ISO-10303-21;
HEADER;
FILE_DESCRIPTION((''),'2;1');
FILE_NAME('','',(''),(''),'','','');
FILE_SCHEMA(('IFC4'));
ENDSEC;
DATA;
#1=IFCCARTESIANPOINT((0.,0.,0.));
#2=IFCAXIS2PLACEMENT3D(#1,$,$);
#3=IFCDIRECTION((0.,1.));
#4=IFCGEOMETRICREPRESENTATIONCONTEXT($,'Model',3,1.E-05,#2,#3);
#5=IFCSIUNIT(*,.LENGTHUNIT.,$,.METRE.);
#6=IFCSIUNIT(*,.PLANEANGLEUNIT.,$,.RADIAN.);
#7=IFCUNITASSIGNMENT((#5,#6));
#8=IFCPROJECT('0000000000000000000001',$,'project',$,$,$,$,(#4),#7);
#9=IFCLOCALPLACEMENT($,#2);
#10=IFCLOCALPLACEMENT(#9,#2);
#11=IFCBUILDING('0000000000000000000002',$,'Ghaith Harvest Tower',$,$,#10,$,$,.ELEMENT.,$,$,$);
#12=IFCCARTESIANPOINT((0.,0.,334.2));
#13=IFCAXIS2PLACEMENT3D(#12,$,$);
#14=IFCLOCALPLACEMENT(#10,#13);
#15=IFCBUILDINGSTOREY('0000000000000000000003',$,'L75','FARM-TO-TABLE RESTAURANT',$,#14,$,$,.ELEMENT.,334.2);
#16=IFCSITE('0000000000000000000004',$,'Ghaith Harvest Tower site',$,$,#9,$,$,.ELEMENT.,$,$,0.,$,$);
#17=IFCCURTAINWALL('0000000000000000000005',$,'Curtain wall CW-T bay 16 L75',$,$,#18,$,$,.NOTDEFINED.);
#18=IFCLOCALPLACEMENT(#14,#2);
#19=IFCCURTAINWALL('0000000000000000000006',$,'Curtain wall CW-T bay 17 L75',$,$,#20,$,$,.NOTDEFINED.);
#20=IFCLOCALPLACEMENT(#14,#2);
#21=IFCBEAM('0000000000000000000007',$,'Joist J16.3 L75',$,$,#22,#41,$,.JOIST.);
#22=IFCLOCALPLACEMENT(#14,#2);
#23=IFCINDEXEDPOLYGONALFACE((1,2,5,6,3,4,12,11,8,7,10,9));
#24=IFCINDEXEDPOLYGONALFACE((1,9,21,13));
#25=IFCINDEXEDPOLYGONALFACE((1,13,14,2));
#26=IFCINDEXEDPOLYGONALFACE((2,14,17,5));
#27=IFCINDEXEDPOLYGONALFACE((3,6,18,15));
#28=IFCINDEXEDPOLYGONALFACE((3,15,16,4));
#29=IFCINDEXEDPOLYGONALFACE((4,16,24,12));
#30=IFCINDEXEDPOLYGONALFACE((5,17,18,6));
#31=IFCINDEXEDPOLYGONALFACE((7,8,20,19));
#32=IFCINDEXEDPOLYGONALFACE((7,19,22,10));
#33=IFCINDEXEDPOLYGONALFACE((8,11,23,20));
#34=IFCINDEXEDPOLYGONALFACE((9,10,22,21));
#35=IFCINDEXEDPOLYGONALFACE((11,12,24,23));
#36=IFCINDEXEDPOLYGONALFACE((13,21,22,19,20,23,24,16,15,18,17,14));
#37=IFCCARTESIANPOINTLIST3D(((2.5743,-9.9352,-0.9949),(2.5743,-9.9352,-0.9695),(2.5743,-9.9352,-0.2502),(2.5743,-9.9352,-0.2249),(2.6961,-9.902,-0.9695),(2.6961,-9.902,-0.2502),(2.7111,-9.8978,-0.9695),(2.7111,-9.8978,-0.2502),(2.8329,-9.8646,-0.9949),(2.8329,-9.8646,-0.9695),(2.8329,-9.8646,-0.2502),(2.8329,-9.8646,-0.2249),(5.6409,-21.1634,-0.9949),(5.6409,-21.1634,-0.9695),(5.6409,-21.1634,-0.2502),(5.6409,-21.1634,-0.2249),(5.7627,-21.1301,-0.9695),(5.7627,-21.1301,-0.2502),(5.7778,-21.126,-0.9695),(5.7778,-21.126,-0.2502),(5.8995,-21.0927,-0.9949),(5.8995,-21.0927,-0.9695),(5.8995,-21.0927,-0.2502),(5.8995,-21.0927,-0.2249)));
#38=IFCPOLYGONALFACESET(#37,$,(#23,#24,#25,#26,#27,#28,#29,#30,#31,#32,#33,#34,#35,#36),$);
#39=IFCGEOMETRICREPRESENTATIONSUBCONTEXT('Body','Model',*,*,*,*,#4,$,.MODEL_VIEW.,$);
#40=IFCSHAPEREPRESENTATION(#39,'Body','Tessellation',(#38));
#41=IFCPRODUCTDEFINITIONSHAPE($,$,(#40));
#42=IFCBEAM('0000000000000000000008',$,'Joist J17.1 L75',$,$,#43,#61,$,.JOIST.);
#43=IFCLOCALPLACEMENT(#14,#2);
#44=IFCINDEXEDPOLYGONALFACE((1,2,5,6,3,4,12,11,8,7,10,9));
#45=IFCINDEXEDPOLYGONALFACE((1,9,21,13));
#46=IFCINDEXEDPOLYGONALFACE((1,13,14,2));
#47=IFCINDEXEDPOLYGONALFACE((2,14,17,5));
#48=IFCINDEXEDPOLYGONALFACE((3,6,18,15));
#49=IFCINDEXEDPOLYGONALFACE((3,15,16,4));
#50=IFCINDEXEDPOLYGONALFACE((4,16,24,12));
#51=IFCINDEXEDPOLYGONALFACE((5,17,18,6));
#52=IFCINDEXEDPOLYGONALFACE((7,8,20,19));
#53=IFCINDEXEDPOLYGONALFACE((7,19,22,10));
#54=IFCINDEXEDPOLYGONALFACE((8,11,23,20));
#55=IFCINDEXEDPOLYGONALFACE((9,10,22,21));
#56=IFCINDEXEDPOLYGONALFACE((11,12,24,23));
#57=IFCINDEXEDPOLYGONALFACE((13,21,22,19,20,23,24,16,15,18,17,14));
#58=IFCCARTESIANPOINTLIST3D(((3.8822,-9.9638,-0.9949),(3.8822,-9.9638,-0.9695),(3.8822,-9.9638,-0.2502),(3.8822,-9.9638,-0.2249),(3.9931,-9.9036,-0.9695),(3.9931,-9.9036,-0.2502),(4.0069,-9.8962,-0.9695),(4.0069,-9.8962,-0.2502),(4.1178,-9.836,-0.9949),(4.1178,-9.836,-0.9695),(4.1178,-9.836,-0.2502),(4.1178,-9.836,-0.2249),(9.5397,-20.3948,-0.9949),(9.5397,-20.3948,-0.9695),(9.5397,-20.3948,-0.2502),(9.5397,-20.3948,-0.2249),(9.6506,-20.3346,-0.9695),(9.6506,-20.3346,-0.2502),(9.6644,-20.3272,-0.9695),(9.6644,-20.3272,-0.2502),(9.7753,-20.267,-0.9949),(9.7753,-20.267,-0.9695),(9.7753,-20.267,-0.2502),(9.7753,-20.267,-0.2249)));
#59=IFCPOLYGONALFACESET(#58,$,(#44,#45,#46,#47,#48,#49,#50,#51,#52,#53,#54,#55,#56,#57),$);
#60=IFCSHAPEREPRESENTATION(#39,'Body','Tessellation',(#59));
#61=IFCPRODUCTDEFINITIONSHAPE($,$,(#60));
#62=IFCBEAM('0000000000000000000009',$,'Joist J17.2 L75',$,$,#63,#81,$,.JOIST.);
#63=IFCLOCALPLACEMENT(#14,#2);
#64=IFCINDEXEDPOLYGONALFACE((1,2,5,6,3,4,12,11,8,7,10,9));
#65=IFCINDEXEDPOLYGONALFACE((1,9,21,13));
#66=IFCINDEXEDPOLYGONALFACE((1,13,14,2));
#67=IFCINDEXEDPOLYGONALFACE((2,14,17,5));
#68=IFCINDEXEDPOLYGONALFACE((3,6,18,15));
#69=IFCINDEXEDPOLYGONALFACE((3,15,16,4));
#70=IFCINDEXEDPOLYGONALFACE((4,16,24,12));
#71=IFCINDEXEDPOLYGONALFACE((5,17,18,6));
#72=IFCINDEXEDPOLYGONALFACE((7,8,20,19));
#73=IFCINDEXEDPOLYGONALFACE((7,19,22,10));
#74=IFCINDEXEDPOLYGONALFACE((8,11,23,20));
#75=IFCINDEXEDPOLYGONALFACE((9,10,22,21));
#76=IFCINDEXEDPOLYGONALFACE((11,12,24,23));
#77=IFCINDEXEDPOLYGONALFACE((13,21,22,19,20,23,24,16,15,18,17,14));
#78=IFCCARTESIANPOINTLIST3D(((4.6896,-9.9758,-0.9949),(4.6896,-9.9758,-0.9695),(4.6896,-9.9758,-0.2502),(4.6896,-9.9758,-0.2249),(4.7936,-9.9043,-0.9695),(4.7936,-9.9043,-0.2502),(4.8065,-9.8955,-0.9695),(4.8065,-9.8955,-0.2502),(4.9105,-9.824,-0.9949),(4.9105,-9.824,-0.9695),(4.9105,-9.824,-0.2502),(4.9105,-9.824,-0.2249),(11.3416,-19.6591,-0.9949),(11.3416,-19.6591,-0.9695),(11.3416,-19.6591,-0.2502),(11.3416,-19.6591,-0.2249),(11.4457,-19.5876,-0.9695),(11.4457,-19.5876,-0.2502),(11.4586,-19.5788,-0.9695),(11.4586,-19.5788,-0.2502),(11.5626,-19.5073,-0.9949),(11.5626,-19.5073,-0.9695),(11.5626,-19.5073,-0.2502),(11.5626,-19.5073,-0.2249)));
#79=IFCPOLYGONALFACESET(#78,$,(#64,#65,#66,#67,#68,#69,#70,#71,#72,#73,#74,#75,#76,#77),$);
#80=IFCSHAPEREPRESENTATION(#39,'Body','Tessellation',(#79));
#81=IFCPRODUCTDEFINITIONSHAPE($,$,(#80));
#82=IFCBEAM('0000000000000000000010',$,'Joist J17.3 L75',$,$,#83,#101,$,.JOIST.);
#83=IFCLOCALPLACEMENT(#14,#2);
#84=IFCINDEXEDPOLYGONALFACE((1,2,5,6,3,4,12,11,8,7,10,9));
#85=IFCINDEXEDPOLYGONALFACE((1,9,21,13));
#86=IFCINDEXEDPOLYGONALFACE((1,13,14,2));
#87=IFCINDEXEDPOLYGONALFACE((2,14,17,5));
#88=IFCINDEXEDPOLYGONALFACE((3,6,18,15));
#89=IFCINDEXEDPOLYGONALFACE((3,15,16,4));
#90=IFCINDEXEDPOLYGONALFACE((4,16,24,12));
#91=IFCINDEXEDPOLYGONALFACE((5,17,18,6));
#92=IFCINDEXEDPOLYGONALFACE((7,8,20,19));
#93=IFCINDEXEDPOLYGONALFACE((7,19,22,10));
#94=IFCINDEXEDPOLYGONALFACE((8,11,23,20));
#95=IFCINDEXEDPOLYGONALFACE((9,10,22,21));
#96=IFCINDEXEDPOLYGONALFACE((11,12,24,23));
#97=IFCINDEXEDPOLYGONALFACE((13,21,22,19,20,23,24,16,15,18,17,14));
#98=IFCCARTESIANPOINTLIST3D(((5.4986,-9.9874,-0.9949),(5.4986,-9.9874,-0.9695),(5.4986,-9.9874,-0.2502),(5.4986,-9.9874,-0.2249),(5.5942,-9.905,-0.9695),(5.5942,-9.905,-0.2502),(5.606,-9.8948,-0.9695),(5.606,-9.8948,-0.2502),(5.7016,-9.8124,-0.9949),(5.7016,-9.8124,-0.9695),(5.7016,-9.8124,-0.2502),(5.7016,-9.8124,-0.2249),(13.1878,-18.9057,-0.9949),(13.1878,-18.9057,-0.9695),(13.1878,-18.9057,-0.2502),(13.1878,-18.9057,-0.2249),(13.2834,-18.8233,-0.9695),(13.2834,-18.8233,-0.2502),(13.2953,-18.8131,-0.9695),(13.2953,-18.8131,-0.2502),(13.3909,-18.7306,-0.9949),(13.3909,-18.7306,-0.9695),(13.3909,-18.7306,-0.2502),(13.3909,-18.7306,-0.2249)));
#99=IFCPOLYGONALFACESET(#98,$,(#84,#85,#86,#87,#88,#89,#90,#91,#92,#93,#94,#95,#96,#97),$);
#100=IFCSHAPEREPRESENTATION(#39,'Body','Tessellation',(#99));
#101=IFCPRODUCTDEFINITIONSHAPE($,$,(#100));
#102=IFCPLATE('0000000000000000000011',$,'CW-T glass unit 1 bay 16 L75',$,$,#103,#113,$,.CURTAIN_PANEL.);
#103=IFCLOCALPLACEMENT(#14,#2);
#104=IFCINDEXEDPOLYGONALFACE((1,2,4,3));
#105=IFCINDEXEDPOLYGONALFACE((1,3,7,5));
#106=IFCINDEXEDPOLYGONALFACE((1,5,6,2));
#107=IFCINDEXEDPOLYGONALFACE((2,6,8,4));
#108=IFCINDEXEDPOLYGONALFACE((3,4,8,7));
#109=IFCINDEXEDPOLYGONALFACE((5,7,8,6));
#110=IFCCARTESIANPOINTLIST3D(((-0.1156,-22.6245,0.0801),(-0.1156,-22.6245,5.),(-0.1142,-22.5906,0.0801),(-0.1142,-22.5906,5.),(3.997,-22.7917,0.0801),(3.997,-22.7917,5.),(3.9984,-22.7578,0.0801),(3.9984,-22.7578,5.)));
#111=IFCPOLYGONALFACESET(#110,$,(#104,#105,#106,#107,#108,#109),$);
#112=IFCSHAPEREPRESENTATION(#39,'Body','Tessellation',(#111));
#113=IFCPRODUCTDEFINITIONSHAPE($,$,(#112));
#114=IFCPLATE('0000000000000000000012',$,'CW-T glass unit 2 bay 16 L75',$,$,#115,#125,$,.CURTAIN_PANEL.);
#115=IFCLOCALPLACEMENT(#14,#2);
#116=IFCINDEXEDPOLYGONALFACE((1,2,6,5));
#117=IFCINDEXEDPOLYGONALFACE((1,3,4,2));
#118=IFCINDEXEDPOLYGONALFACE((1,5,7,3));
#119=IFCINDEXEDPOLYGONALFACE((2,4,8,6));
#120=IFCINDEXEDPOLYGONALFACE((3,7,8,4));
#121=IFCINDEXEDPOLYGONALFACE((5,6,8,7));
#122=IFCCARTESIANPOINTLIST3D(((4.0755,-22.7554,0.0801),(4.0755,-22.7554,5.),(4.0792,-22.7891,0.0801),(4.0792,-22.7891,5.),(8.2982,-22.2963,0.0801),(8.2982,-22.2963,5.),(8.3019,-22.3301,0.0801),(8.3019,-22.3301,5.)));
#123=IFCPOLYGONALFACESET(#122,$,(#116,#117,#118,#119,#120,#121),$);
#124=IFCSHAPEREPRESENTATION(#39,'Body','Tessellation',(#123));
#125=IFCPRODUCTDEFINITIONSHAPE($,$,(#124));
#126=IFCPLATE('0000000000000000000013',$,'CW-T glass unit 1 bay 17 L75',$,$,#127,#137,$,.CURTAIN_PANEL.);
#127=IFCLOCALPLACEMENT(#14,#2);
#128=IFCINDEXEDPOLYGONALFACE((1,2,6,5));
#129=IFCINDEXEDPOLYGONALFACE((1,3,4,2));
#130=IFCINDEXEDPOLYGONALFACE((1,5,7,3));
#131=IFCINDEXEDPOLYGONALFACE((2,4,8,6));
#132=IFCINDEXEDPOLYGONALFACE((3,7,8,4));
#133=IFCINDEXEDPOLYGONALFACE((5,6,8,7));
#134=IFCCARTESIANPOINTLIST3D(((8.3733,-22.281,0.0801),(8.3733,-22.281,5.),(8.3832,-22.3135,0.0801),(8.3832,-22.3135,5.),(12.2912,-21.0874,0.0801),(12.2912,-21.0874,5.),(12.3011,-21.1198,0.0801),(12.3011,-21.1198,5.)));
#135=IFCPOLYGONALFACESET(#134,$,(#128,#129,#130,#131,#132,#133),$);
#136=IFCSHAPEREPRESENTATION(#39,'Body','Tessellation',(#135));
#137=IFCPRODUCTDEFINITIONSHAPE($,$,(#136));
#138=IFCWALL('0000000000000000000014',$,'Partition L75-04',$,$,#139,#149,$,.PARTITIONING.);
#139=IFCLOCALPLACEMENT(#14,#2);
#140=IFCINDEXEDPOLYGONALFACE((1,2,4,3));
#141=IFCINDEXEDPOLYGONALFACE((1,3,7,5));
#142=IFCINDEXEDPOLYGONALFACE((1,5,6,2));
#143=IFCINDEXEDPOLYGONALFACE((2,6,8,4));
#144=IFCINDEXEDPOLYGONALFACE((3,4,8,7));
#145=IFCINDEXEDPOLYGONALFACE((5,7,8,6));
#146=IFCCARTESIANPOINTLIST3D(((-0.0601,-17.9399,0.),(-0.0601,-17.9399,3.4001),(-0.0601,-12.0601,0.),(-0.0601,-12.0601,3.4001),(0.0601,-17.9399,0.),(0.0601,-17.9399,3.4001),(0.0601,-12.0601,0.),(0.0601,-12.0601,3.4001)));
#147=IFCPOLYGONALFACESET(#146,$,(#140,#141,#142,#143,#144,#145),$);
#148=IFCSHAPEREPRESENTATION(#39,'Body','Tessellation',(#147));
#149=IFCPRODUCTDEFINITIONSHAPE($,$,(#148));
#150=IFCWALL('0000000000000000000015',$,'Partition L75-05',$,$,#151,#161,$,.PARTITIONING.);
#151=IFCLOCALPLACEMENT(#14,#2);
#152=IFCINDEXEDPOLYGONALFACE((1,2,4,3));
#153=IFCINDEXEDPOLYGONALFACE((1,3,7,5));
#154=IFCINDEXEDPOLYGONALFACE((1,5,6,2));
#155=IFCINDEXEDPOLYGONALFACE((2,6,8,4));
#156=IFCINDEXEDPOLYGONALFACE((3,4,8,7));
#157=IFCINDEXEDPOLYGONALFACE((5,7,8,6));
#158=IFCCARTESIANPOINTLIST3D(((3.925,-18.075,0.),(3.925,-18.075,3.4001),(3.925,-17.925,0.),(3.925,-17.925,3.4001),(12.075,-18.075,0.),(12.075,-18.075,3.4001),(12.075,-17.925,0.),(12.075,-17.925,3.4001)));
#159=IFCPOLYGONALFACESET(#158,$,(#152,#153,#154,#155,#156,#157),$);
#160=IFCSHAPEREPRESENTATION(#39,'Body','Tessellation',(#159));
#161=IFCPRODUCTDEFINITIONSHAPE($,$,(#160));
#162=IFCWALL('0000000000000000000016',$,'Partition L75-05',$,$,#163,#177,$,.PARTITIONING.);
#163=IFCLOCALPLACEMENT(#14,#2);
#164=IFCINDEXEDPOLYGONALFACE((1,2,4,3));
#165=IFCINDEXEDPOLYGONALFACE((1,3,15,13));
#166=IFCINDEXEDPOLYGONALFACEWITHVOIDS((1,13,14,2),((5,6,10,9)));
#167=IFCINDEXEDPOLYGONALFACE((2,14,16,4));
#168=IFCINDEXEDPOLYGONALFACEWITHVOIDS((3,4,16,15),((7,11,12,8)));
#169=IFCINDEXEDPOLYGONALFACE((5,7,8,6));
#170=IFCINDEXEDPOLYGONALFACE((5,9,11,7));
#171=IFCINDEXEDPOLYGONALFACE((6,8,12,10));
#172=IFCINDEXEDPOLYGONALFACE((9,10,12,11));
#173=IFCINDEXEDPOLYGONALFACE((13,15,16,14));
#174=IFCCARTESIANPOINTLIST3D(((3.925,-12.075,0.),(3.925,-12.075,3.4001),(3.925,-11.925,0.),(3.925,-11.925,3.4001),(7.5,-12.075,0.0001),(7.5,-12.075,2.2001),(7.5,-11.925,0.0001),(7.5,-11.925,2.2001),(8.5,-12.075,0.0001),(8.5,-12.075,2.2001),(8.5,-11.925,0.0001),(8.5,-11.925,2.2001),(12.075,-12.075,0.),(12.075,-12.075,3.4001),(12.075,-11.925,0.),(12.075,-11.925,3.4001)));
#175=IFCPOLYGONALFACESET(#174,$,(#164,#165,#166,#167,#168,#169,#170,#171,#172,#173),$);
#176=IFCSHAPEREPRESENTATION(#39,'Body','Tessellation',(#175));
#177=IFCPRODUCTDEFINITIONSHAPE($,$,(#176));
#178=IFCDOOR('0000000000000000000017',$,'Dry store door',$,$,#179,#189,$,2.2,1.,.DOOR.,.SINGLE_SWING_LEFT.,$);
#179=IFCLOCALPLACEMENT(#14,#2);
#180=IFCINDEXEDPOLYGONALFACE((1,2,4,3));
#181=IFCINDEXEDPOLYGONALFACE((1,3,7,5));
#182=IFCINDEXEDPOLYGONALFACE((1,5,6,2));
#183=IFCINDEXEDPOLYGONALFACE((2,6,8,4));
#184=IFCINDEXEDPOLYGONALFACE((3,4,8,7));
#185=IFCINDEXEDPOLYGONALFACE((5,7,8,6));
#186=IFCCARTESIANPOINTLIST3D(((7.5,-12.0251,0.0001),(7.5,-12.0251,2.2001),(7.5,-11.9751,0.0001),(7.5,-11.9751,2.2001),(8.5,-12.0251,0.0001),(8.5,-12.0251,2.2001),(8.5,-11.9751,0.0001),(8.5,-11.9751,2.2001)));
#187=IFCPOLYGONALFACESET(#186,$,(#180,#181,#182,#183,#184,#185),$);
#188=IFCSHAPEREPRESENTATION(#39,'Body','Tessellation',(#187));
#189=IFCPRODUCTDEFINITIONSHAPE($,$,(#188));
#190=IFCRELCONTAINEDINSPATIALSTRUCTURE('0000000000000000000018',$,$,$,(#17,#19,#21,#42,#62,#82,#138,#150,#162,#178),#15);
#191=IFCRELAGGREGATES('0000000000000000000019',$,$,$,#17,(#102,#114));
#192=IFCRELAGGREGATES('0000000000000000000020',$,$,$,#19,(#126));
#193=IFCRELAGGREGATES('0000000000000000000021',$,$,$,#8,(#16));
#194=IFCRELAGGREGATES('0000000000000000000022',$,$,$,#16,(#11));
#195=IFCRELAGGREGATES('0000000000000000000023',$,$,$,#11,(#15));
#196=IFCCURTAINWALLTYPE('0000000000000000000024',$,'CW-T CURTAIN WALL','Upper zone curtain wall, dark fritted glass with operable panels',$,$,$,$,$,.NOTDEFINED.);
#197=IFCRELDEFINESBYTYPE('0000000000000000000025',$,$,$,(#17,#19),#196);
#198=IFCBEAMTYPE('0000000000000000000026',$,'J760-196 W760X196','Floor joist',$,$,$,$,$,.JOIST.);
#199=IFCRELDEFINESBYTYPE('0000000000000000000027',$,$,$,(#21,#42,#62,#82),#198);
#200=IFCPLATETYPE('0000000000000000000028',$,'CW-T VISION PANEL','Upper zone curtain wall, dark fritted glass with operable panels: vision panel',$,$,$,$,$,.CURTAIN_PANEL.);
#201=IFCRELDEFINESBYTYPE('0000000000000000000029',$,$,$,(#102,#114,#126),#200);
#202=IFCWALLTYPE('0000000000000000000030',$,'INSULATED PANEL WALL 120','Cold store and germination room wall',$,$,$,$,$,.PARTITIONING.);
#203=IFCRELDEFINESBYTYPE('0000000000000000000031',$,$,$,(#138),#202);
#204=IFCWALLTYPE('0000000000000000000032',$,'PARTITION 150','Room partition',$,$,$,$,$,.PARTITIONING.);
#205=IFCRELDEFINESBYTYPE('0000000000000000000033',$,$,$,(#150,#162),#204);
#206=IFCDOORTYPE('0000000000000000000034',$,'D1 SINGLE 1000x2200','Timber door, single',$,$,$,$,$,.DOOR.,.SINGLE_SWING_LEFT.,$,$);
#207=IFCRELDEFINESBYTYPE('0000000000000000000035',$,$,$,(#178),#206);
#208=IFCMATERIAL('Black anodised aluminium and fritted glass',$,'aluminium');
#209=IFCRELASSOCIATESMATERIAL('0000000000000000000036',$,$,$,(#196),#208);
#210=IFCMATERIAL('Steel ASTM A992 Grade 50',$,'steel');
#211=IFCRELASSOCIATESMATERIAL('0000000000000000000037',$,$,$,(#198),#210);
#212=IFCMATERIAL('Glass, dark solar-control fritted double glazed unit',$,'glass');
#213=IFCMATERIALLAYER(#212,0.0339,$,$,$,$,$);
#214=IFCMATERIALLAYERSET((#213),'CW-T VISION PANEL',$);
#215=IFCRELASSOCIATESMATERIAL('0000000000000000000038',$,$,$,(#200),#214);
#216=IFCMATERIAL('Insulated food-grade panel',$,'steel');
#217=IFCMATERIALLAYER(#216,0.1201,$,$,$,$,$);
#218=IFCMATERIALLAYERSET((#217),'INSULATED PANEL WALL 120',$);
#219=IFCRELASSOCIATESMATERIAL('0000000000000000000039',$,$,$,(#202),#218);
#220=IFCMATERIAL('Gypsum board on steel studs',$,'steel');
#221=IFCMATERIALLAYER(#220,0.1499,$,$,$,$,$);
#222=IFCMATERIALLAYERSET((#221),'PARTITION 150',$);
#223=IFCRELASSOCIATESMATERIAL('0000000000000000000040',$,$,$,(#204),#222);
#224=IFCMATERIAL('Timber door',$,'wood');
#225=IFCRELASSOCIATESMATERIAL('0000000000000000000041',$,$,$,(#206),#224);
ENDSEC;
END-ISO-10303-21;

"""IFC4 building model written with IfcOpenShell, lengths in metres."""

from ifc_helpers import new_model, si_unit, direction, frame, frame_2d, origin, origin_2d, place, context, subcontext, project, spatial, rectangle, i_section, extrude, material, layer, layer_set, material_profile, profile_set, type_object, element, fill, aggregate, save


model = new_model("IFC4")

# Units and contexts
model_context = context("Model", 3, precision=1e-05, world=origin(), true_north=direction((0.0, 1.0)))
body_context = subcontext(model_context, "Body", "Model", "MODEL_VIEW")
ifc_project = project(units=[si_unit("LENGTHUNIT", "METRE"), si_unit("PLANEANGLEUNIT", "RADIAN")], contexts=[model_context])

# Site, building, storey
site_placement = place(None, origin())
site = spatial("IfcSite", under=ifc_project, at=site_placement, Name="Ghaith Harvest Tower site", CompositionType="ELEMENT", RefElevation=0.0)
building_placement = place(site_placement, origin())
building = spatial("IfcBuilding", under=site, at=building_placement, Name="Ghaith Harvest Tower", CompositionType="ELEMENT")
storey_placement = place(building_placement, frame((0.0, 0.0, 334.2)))
storey = spatial("IfcBuildingStorey", under=building, at=storey_placement, Name="L75", Description="FARM-TO-TABLE RESTAURANT", CompositionType="ELEMENT", Elevation=334.2)

# Curtain walls
ifc_material_1 = material(Name="Black anodised aluminium and fritted glass", Category="aluminium")
curtain_wall_type = type_object("IfcCurtainWallType", Name="CW-T CURTAIN WALL", Description="Upper zone curtain wall, dark fritted glass with operable panels", PredefinedType="NOTDEFINED", material=ifc_material_1)
curtain_wall_1_placement = place(storey_placement, origin())
curtain_wall_1 = element("IfcCurtainWall", 1, at=curtain_wall_1_placement, inside=storey, type_object=curtain_wall_type, Name="Curtain wall CW-T bay 16 L75", PredefinedType="NOTDEFINED")
curtain_wall_2_placement = place(storey_placement, origin())
curtain_wall_2 = element("IfcCurtainWall", 2, at=curtain_wall_2_placement, inside=storey, type_object=curtain_wall_type, Name="Curtain wall CW-T bay 17 L75", PredefinedType="NOTDEFINED")

# Beams
ifc_material_2 = material(Name="Steel ASTM A992 Grade 50", Category="steel")
ifc_material_profile_1 = material_profile(ifc_material_2, i_section(OverallWidth=0.2681, OverallDepth=0.77, WebThickness=0.0156, FlangeThickness=0.0254, at=origin_2d()), Name="W760X196")
ifc_profile_set_1 = profile_set([ifc_material_profile_1], Name="Steel ASTM A992 Grade 50")
beam_type_1 = type_object("IfcBeamType", Name="J760-196 W760X196", Description="Floor joist", PredefinedType="JOIST", material=ifc_profile_set_1)
beam_1_placement = place(storey_placement, frame((2.7036, -9.8999, -0.6099), z_axis=(0.263469, -0.964668, 0.0), x_axis=(0.964668, 0.263469, 0.0)))
element("IfcBeam", 3, at=beam_1_placement, inside=storey, type_object=beam_type_1, Name="Joist J16.3 L75", PredefinedType="JOIST", context=body_context, shape_type="SweptSolid", body=[
    extrude(i_section(OverallWidth=0.2681, OverallDepth=0.77, WebThickness=0.0156, FlangeThickness=0.0254, at=origin_2d()), origin(), (0.0, 0.0, 1.0), 11.6394),
])
beam_2_placement = place(storey_placement, frame((4.0, -9.8999, -0.6099), z_axis=(0.476765, -0.879031, 0.0), x_axis=(0.879031, 0.476765, 0.0)))
element("IfcBeam", 4, at=beam_2_placement, inside=storey, type_object=beam_type_1, Name="Joist J17.1 L75", PredefinedType="JOIST", context=body_context, shape_type="SweptSolid", body=[
    extrude(i_section(OverallWidth=0.2681, OverallDepth=0.77, WebThickness=0.0156, FlangeThickness=0.0254, at=origin_2d()), origin(), (0.0, 0.0, 1.0), 11.8665),
])
beam_3_placement = place(storey_placement, frame((4.8, -9.8999, -0.6099), z_axis=(0.566228, -0.824249, 0.0), x_axis=(0.824249, 0.566228, 0.0)))
element("IfcBeam", 5, at=beam_3_placement, inside=storey, type_object=beam_type_1, Name="Joist J17.2 L75", PredefinedType="JOIST", context=body_context, shape_type="SweptSolid", body=[
    extrude(i_section(OverallWidth=0.2681, OverallDepth=0.77, WebThickness=0.0156, FlangeThickness=0.0254, at=origin_2d()), origin(), (0.0, 0.0, 1.0), 11.748),
])
beam_4_placement = place(storey_placement, frame((5.6001, -9.8999, -0.6099), z_axis=(0.652993, -0.757364, 0.0), x_axis=(0.757364, 0.652993, 0.0)))
element("IfcBeam", 6, at=beam_4_placement, inside=storey, type_object=beam_type_1, Name="Joist J17.3 L75", PredefinedType="JOIST", context=body_context, shape_type="SweptSolid", body=[
    extrude(i_section(OverallWidth=0.2681, OverallDepth=0.77, WebThickness=0.0156, FlangeThickness=0.0254, at=origin_2d()), origin(), (0.0, 0.0, 1.0), 11.7754),
])

# Plates
ifc_material_3 = material(Name="Glass, dark solar-control fritted double glazed unit", Category="glass")
ifc_layer_1 = layer(ifc_material_3, 0.0339)
ifc_layer_set_1 = layer_set([ifc_layer_1], Name="CW-T VISION PANEL")
plate_type = type_object("IfcPlateType", Name="CW-T VISION PANEL", Description="Upper zone curtain wall, dark fritted glass with operable panels: vision panel", PredefinedType="CURTAIN_PANEL", material=ifc_layer_set_1)
plate_1_placement = place(storey_placement, frame((1.9414, -22.6912, 0.0801), z_axis=(0.0, 0.0, 1.0), x_axis=(0.999174, -0.040638, 0.0)))
plate_1 = element("IfcPlate", 7, at=plate_1_placement, type_object=plate_type, Name="CW-T glass unit 1 bay 16 L75", PredefinedType="CURTAIN_PANEL", context=body_context, shape_type="SweptSolid", body=[
    extrude(rectangle(XDim=4.116, YDim=0.0339, at=origin_2d()), origin(), (0.0, 0.0, 1.0), 4.9199),
])
plate_2_placement = place(storey_placement, frame((6.1887, -22.5427, 0.0801), z_axis=(0.0, 0.0, 1.0), x_axis=(0.994143, 0.108074, 0.0)))
plate_2 = element("IfcPlate", 8, at=plate_2_placement, type_object=plate_type, Name="CW-T glass unit 2 bay 16 L75", PredefinedType="CURTAIN_PANEL", context=body_context, shape_type="SweptSolid", body=[
    extrude(rectangle(XDim=4.2476, YDim=0.0339, at=origin_2d()), origin(), (0.0, 0.0, 1.0), 4.9199),
])
aggregate(curtain_wall_1, [plate_1, plate_2])
plate_3_placement = place(storey_placement, frame((10.3372, -21.7004, 0.0801), z_axis=(0.0, 0.0, 1.0), x_axis=(0.956588, 0.291445, 0.0)))
plate_3 = element("IfcPlate", 9, at=plate_3_placement, type_object=plate_type, Name="CW-T glass unit 1 bay 17 L75", PredefinedType="CURTAIN_PANEL", context=body_context, shape_type="SweptSolid", body=[
    extrude(rectangle(XDim=4.0957, YDim=0.0339, at=origin_2d()), origin(), (0.0, 0.0, 1.0), 4.9199),
])
aggregate(curtain_wall_2, [plate_3])

# Wall
ifc_material_4 = material(Name="Insulated food-grade panel", Category="steel")
ifc_layer_2 = layer(ifc_material_4, 0.1201)
ifc_layer_set_2 = layer_set([ifc_layer_2], Name="INSULATED PANEL WALL 120")
wall_type_1 = type_object("IfcWallType", Name="INSULATED PANEL WALL 120", Description="Cold store and germination room wall", PredefinedType="PARTITIONING", material=ifc_layer_set_2)
wall_1_placement = place(storey_placement, frame((0.0, -17.9399, 0.0), z_axis=(0.0, 0.0, 1.0), x_axis=(0.0, 1.0, 0.0)))
element("IfcWall", 10, at=wall_1_placement, inside=storey, type_object=wall_type_1, Name="Partition L75-04", PredefinedType="PARTITIONING", context=body_context, shape_type="SweptSolid", body=[
    extrude(rectangle(XDim=5.8799, YDim=0.1201, at=frame_2d((2.9399, 0.0))), origin(), (0.0, 0.0, 1.0), 3.4001),
])

# Shared definitions
ifc_material_5 = material(Name="Gypsum board on steel studs", Category="steel")
ifc_layer_3 = layer(ifc_material_5, 0.1499)
ifc_layer_set_3 = layer_set([ifc_layer_3], Name="PARTITION 150")
wall_type_2 = type_object("IfcWallType", Name="PARTITION 150", Description="Room partition", PredefinedType="PARTITIONING", material=ifc_layer_set_3)

# Wall
wall_2_placement = place(storey_placement, frame((3.925, -18.0, 0.0), z_axis=(0.0, 0.0, 1.0), x_axis=(1.0, 0.0, 0.0)))
element("IfcWall", 11, at=wall_2_placement, inside=storey, type_object=wall_type_2, Name="Partition L75-05", PredefinedType="PARTITIONING", context=body_context, shape_type="SweptSolid", body=[
    extrude(rectangle(XDim=8.1499, YDim=0.1499, at=frame_2d((4.075, 0.0))), origin(), (0.0, 0.0, 1.0), 3.4001),
])

# Wall, opening, door
wall_3_placement = place(storey_placement, frame((3.925, -12.0, 0.0), z_axis=(0.0, 0.0, 1.0), x_axis=(1.0, 0.0, 0.0)))
wall_3 = element("IfcWall", 12, at=wall_3_placement, inside=storey, type_object=wall_type_2, Name="Partition L75-05", PredefinedType="PARTITIONING", context=body_context, shape_type="SweptSolid", body=[
    extrude(rectangle(XDim=8.1499, YDim=0.1499, at=frame_2d((4.075, 0.0))), origin(), (0.0, 0.0, 1.0), 3.4001),
])
opening_1_placement = place(wall_3_placement, frame((3.575, 0.0, 0.0)))
opening_1 = element("IfcOpeningElement", 13, at=opening_1_placement, cuts=wall_3, PredefinedType="OPENING", context=body_context, shape_type="SweptSolid", body=[
    extrude(rectangle(XDim=1.0, YDim=2.2, at=frame_2d((0.5, 1.1001))), frame((0.0, 0.085, 0.0), z_axis=(0.0, -1.0, 0.0), x_axis=(1.0, 0.0, 0.0)), (0.0, 0.0, 1.0), 0.1699),
])
ifc_material_6 = material(Name="Timber door", Category="wood")
door_type_1 = type_object("IfcDoorType", Name="D1 SINGLE 1000x2200", Description="Timber door, single", OperationType="SINGLE_SWING_LEFT", PredefinedType="DOOR", material=ifc_material_6)
door_1_placement = place(opening_1_placement, origin())
door_1 = element("IfcDoor", 14, at=door_1_placement, inside=storey, type_object=door_type_1, Name="Dry store door", OperationType="SINGLE_SWING_LEFT", OverallHeight=2.2, OverallWidth=1.0, PredefinedType="DOOR", context=body_context, shape_type="SweptSolid", body=[
    extrude(rectangle(XDim=1.0, YDim=2.2, at=frame_2d((0.5, 1.1001))), frame((0.0, 0.0249, 0.0), z_axis=(0.0, -1.0, 0.0), x_axis=(1.0, 0.0, 0.0)), (0.0, 0.0, 1.0), 0.05),
])
fill(opening_1, door_1)

save(model, "model.ifc")
